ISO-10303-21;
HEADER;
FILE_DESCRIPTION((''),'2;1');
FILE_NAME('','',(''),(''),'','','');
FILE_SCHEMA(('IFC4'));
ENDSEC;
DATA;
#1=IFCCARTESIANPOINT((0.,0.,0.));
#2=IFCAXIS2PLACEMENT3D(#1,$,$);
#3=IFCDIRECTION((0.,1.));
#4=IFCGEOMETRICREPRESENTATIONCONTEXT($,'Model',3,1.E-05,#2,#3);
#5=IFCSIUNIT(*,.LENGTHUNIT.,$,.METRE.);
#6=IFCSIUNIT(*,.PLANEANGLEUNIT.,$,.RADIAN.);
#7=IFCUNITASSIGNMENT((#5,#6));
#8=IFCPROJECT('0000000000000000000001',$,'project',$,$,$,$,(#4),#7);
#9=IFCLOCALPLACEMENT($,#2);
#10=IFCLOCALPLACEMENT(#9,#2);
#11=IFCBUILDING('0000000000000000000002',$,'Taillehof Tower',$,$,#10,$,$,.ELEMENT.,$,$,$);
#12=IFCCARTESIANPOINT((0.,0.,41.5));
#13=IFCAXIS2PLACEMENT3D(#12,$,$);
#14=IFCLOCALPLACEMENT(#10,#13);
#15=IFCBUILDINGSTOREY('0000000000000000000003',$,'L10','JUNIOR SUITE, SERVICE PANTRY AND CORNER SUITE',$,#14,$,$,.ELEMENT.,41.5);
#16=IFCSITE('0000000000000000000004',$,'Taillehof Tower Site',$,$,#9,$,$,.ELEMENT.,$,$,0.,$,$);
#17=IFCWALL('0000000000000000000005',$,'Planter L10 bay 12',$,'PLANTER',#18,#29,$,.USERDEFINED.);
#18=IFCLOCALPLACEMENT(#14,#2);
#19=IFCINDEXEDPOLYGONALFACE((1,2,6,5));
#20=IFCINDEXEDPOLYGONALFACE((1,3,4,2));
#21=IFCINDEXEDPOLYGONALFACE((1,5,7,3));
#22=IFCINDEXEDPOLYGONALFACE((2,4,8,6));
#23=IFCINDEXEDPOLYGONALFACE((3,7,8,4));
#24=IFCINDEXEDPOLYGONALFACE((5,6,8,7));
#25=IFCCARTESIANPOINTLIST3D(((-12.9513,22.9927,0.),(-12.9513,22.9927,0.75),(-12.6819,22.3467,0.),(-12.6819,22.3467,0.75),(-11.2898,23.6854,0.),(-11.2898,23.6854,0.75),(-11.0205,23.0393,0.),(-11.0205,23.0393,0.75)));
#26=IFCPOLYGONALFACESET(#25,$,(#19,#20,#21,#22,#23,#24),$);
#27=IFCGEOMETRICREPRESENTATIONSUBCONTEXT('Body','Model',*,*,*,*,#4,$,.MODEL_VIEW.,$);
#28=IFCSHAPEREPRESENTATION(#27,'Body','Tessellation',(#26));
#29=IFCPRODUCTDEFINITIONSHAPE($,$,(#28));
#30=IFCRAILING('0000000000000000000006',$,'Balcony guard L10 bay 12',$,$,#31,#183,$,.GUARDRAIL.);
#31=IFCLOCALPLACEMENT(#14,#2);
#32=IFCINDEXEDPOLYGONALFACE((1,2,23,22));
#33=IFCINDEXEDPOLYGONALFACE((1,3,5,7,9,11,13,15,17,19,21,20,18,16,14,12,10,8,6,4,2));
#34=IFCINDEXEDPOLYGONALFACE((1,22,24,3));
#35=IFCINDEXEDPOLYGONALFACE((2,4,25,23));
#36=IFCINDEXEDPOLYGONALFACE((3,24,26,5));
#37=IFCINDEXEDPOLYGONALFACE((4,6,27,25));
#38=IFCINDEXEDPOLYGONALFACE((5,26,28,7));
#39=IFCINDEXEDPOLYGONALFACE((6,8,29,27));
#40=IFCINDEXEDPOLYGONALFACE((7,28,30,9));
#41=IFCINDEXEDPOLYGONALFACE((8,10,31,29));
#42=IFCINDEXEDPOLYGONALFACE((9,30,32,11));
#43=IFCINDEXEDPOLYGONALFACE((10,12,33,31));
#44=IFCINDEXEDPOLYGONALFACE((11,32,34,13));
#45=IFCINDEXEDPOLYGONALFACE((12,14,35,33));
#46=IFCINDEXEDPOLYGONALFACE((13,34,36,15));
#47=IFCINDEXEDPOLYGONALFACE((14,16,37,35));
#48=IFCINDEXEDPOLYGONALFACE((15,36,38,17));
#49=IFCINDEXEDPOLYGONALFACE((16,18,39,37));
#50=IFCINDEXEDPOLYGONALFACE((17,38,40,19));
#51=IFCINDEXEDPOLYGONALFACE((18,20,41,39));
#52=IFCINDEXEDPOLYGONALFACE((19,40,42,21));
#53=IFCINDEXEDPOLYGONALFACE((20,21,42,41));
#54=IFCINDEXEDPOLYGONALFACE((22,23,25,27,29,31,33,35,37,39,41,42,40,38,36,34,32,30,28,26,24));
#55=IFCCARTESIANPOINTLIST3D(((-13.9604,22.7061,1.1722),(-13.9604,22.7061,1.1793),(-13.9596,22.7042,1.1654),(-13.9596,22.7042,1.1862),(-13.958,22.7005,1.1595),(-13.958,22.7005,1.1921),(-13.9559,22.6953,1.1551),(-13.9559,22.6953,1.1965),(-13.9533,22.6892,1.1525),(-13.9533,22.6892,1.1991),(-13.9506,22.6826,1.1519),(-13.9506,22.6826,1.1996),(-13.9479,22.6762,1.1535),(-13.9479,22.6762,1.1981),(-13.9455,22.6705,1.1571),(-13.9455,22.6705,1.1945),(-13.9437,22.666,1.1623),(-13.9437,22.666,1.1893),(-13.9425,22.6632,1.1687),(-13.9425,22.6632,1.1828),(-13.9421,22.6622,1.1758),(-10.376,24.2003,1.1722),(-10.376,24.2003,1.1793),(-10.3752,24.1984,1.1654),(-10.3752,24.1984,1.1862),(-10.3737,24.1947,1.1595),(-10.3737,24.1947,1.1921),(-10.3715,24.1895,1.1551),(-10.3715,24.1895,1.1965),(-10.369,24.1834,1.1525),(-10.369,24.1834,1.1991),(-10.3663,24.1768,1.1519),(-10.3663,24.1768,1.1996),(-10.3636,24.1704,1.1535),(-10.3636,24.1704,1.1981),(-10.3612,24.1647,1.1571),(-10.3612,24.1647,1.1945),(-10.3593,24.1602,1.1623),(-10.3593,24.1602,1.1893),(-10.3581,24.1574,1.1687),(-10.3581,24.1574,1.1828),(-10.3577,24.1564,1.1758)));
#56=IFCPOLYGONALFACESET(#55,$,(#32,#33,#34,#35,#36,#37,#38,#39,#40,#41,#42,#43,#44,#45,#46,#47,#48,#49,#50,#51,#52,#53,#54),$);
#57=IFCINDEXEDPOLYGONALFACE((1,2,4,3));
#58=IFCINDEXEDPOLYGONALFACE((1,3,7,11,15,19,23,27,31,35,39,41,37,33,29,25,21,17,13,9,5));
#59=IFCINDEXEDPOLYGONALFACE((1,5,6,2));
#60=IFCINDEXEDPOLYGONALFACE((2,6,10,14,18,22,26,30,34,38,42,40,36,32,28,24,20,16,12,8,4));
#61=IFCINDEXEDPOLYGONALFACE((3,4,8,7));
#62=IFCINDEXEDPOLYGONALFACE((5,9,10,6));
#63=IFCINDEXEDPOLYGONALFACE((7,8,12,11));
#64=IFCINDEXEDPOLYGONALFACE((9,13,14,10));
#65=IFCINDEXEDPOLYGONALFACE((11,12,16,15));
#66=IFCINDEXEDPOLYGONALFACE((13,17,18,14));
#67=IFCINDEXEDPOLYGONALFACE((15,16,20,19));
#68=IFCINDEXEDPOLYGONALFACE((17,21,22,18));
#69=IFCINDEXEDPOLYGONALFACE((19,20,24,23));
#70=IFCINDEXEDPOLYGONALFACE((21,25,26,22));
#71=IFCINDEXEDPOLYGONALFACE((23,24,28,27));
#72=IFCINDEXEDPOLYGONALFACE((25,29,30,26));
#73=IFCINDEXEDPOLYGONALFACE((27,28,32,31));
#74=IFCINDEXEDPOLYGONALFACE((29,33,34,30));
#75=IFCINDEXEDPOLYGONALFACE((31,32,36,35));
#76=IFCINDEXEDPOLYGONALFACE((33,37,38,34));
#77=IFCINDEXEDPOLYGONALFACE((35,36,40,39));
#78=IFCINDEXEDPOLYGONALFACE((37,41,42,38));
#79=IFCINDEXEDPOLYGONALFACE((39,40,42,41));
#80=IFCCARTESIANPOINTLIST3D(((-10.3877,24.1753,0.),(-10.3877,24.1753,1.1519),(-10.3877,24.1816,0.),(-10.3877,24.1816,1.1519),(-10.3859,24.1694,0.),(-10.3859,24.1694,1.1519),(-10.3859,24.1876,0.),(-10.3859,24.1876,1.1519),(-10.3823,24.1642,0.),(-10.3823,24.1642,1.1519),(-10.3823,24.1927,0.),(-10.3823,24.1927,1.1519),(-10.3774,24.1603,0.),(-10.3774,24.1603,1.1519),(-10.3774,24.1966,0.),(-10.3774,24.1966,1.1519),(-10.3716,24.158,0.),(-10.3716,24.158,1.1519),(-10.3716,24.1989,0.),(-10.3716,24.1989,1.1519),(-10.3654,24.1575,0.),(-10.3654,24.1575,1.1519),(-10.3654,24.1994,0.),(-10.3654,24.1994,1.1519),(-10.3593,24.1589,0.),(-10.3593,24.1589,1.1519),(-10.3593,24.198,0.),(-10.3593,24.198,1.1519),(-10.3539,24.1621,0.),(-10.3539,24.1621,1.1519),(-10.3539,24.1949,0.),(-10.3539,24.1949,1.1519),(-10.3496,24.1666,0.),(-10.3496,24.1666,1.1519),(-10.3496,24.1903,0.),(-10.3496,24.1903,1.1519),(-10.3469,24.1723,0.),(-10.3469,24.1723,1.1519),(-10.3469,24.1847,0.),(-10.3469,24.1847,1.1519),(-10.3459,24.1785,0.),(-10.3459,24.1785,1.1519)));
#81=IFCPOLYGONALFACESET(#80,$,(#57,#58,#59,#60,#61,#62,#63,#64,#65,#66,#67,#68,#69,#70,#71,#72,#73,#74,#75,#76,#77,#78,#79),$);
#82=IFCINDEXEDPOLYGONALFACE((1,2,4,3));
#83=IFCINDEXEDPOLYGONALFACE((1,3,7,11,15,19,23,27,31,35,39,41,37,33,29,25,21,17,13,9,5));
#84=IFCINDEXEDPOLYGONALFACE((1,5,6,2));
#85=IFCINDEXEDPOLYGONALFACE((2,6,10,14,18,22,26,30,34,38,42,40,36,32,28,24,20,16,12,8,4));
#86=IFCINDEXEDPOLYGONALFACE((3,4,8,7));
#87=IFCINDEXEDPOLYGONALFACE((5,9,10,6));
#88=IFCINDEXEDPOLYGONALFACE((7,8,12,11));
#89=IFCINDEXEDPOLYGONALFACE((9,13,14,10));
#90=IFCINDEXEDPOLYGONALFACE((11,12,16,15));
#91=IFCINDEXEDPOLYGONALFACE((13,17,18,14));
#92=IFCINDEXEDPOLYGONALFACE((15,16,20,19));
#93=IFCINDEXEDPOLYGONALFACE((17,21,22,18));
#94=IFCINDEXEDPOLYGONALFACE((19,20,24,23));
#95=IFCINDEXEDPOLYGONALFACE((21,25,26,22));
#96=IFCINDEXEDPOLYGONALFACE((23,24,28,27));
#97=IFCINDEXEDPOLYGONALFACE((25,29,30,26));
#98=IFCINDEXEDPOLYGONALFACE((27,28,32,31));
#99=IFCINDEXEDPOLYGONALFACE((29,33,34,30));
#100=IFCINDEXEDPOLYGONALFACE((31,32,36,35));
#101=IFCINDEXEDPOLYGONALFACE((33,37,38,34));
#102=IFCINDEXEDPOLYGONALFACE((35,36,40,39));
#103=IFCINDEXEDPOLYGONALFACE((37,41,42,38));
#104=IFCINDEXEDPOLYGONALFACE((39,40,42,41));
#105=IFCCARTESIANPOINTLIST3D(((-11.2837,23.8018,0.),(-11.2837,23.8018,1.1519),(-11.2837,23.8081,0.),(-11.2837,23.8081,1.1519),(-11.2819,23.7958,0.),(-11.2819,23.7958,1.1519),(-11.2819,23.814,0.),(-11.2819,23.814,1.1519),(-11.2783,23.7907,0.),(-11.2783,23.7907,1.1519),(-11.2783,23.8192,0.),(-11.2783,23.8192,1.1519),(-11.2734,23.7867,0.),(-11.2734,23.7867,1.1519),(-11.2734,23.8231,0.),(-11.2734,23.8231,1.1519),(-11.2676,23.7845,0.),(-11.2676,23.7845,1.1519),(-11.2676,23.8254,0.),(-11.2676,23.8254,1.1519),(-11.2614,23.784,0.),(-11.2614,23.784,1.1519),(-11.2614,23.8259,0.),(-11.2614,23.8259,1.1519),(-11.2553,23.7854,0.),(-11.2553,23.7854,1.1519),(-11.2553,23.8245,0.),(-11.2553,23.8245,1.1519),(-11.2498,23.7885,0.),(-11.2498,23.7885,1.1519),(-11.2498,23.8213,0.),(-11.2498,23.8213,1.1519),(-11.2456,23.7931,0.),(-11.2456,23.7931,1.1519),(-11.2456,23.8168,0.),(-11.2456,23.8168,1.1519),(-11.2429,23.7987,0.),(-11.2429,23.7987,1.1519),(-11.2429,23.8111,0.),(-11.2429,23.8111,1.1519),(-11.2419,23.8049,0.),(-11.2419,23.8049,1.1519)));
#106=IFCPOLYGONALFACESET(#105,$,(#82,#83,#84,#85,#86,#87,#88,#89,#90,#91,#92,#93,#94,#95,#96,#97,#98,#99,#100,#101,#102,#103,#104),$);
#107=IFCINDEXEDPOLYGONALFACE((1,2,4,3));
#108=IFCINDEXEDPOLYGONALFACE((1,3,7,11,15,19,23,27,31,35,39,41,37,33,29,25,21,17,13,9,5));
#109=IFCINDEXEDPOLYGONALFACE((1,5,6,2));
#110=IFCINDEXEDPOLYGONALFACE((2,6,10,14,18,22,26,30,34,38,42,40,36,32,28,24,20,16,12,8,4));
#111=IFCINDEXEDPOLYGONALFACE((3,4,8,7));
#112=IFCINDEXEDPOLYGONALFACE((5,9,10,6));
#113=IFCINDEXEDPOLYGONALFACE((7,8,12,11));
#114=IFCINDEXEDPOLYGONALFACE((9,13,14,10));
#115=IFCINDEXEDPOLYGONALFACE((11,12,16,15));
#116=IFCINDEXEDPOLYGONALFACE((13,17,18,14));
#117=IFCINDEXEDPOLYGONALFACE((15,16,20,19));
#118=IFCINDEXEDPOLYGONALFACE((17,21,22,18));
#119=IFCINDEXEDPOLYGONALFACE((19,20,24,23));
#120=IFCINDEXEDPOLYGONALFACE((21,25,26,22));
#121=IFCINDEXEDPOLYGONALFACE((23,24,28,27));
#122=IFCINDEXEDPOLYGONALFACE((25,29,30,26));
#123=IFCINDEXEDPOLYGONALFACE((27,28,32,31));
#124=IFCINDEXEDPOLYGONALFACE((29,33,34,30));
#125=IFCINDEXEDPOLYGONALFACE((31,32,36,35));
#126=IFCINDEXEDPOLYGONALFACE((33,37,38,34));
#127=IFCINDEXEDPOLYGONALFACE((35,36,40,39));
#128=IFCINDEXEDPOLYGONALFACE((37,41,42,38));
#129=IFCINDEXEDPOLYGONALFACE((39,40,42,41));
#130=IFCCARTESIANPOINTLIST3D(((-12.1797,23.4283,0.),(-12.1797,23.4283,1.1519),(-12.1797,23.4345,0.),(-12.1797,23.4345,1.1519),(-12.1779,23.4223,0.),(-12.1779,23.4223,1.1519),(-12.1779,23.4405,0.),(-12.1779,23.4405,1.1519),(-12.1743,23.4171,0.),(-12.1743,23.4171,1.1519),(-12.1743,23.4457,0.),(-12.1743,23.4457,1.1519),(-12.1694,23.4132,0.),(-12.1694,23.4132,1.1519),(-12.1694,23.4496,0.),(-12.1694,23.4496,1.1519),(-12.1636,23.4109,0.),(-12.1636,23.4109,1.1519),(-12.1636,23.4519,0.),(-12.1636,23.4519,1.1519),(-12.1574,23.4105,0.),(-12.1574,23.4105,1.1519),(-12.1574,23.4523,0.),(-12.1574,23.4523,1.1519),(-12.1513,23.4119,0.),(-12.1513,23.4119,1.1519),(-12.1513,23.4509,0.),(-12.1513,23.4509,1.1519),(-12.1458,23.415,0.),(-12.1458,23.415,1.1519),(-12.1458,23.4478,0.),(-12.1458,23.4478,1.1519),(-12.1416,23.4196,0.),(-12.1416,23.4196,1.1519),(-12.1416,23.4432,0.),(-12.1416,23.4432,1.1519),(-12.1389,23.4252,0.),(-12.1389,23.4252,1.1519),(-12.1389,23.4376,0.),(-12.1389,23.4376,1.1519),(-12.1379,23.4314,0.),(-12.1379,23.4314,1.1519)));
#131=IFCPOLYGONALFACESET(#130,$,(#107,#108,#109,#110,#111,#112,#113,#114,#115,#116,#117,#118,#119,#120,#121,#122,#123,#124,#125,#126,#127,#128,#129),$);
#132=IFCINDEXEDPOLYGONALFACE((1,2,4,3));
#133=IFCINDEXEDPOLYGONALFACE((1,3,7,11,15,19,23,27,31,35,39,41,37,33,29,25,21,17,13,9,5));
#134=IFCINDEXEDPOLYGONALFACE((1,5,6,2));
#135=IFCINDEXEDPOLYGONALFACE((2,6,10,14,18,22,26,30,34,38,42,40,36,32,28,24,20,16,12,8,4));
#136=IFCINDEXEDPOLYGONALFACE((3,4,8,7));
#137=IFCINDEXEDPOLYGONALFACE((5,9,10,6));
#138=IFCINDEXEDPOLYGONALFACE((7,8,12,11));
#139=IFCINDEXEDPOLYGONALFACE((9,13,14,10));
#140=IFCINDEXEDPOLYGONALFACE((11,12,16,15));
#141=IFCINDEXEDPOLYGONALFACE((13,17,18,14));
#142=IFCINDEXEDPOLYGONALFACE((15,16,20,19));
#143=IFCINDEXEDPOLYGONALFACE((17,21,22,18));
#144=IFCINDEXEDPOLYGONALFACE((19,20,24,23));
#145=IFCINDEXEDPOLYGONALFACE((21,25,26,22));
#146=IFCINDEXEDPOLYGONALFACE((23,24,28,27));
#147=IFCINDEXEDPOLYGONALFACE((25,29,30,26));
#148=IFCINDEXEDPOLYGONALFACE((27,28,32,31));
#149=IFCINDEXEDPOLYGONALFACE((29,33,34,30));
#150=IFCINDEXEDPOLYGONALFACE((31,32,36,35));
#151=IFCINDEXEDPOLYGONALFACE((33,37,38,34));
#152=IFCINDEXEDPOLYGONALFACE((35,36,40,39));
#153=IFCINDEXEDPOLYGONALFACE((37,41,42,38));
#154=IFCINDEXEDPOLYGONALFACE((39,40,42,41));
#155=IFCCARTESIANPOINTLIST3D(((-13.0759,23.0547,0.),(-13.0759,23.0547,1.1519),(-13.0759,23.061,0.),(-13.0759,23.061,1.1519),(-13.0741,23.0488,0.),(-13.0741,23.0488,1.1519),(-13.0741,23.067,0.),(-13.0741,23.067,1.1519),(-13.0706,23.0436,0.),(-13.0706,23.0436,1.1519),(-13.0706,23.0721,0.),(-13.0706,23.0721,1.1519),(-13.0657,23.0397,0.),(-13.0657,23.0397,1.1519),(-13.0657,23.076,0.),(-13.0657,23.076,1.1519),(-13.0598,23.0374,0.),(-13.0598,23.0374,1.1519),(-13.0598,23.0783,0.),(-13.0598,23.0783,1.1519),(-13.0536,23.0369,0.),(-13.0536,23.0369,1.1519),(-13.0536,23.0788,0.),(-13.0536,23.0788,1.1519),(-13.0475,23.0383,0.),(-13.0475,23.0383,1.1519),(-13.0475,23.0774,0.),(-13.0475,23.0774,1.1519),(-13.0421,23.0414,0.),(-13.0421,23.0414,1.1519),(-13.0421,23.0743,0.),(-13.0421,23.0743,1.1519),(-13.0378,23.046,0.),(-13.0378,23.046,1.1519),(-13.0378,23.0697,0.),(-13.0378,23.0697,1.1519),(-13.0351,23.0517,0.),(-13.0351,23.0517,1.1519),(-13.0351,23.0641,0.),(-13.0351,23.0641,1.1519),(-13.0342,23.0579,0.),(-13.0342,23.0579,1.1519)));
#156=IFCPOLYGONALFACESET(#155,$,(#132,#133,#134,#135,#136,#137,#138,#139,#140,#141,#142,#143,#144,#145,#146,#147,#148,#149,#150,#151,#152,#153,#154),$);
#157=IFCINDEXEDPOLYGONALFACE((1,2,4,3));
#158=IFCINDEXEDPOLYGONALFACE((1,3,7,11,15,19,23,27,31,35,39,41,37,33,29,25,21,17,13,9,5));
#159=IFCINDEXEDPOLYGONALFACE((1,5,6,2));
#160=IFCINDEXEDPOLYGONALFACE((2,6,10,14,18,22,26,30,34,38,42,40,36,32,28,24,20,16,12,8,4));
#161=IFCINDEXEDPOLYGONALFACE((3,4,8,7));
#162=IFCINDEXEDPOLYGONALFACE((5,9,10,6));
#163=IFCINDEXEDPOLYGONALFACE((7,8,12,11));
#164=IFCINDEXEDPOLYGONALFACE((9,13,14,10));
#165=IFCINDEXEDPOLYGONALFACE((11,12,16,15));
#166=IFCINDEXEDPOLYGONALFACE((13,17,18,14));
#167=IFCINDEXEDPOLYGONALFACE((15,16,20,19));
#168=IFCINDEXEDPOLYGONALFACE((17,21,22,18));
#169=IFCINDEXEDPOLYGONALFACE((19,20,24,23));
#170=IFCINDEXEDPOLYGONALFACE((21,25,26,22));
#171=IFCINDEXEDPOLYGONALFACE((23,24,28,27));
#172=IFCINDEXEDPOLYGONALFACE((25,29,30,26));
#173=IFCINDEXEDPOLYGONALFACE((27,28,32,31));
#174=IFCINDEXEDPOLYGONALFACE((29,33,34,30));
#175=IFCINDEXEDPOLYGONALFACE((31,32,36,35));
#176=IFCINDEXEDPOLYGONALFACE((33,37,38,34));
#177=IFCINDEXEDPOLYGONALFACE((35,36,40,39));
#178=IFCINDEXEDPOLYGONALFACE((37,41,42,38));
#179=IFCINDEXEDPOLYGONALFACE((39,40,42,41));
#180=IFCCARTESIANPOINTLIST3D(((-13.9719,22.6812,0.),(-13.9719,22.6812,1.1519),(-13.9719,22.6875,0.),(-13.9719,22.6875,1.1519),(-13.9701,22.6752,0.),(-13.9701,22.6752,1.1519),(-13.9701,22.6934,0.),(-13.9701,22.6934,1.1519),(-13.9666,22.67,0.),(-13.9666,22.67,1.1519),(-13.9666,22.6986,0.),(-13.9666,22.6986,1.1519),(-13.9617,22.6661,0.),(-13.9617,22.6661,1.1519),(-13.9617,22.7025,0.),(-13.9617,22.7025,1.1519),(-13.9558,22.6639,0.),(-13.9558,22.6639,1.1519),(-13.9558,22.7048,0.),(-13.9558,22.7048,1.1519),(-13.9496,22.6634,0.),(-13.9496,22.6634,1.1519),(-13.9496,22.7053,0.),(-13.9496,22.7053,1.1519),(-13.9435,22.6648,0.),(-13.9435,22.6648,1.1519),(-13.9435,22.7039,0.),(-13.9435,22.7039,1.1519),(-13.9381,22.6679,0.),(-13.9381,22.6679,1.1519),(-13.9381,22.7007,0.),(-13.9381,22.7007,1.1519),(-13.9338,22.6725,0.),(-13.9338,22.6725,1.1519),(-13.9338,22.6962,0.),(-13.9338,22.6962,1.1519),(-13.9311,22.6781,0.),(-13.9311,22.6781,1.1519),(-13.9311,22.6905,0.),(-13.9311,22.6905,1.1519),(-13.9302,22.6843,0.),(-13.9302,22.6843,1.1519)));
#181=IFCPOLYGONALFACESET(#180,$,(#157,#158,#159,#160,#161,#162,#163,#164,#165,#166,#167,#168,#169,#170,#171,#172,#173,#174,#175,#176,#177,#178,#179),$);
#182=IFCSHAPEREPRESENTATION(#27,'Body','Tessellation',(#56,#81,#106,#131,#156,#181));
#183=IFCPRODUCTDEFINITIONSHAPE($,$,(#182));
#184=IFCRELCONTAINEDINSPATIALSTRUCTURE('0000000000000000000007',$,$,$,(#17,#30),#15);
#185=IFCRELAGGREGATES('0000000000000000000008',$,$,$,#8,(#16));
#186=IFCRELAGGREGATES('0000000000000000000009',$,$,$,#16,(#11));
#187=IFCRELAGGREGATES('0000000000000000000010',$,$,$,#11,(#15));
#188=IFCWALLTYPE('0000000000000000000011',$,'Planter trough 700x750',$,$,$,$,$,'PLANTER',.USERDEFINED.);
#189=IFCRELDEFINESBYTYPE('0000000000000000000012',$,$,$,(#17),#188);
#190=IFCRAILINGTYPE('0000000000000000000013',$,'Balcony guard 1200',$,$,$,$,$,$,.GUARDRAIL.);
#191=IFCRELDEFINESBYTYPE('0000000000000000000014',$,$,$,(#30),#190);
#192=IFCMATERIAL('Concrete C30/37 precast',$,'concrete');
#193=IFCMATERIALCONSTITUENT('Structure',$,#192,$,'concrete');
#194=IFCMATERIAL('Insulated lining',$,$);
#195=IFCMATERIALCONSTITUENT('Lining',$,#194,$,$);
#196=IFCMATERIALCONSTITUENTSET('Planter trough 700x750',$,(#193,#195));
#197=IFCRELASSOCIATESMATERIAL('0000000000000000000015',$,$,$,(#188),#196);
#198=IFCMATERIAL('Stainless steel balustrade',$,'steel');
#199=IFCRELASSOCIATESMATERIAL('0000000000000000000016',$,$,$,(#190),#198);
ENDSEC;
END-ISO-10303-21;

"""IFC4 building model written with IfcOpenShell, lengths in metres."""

from ifc_helpers import new_model, si_unit, direction, frame, frame_2d, origin, origin_2d, place, context, subcontext, project, spatial, rectangle, circle, extrude, material, constituent, constituent_set, type_object, element, save


model = new_model("IFC4")

# Units and contexts
model_context = context("Model", 3, precision=1e-05, world=origin(), true_north=direction((0.0, 1.0)))
body_context = subcontext(model_context, "Body", "Model", "MODEL_VIEW")
ifc_project = project(units=[si_unit("LENGTHUNIT", "METRE"), si_unit("PLANEANGLEUNIT", "RADIAN")], contexts=[model_context])

# Site, building, storey
site_placement = place(None, origin())
site = spatial("IfcSite", under=ifc_project, at=site_placement, Name="Taillehof Tower Site", CompositionType="ELEMENT", RefElevation=0.0)
building_placement = place(site_placement, origin())
building = spatial("IfcBuilding", under=site, at=building_placement, Name="Taillehof Tower", CompositionType="ELEMENT")
storey_placement = place(building_placement, frame((0.0, 0.0, 41.5)))
storey = spatial("IfcBuildingStorey", under=building, at=storey_placement, Name="L10", Description="JUNIOR SUITE, SERVICE PANTRY AND CORNER SUITE", CompositionType="ELEMENT", Elevation=41.5)

# Wall
ifc_material_1 = material(Name="Concrete C30/37 precast", Category="concrete")
ifc_constituent_1 = constituent(ifc_material_1, Name="Structure", Category="concrete")
ifc_material_2 = material(Name="Insulated lining")
ifc_constituent_2 = constituent(ifc_material_2, Name="Lining")
ifc_constituent_set = constituent_set(constituents=[ifc_constituent_1, ifc_constituent_2], Name="Planter trough 700x750")
wall_type_1 = type_object("IfcWallType", Name="Planter trough 700x750", ElementType="PLANTER", PredefinedType="USERDEFINED", material=ifc_constituent_set)
wall_1_placement = place(storey_placement, frame((-11.1553, 23.3623, 0.0), z_axis=(0.0, 0.0, 1.0), x_axis=(-0.923001, -0.384798, 0.0)))
element("IfcWall", 1, at=wall_1_placement, inside=storey, type_object=wall_type_1, Name="Planter L10 bay 12", ObjectType="PLANTER", PredefinedType="USERDEFINED", context=body_context, shape_type="SweptSolid", body=[
    extrude(rectangle(XDim=1.8, YDim=0.7, at=frame_2d((0.8999, 0.0))), origin(), (0.0, 0.0, 1.0), 0.75),
])

# Railing
ifc_material_3 = material(Name="Stainless steel balustrade", Category="steel")
railing_type = type_object("IfcRailingType", Name="Balcony guard 1200", PredefinedType="GUARDRAIL", material=ifc_material_3)
railing_placement = place(storey_placement, frame((-10.3669, 24.1785, 0.0)))
element("IfcRailing", 2, at=railing_placement, inside=storey, type_object=railing_type, Name="Balcony guard L10 bay 12", PredefinedType="GUARDRAIL", context=body_context, shape_type="SweptSolid", body=[
    extrude(circle(Radius=0.0239, at=origin_2d()), frame((0.0, 0.0, 1.1758), z_axis=(-0.923012, -0.384772, 0.0), x_axis=(0.384772, -0.923012, 0.0)), (0.0, 0.0, 1.0), 3.8833),
    extrude(circle(Radius=0.021, at=origin_2d()), origin(), (0.0, 0.0, 1.0), 1.1519),
    extrude(circle(Radius=0.021, at=origin_2d()), frame((-0.896, -0.3735, 0.0)), (0.0, 0.0, 1.0), 1.1519),
    extrude(circle(Radius=0.021, at=origin_2d()), frame((-1.792, -0.7471, 0.0)), (0.0, 0.0, 1.0), 1.1519),
    extrude(circle(Radius=0.021, at=origin_2d()), frame((-2.6882, -1.1206, 0.0)), (0.0, 0.0, 1.0), 1.1519),
    extrude(circle(Radius=0.021, at=origin_2d()), frame((-3.5842, -1.4941, 0.0)), (0.0, 0.0, 1.0), 1.1519),
])

save(model, "model.ifc")
